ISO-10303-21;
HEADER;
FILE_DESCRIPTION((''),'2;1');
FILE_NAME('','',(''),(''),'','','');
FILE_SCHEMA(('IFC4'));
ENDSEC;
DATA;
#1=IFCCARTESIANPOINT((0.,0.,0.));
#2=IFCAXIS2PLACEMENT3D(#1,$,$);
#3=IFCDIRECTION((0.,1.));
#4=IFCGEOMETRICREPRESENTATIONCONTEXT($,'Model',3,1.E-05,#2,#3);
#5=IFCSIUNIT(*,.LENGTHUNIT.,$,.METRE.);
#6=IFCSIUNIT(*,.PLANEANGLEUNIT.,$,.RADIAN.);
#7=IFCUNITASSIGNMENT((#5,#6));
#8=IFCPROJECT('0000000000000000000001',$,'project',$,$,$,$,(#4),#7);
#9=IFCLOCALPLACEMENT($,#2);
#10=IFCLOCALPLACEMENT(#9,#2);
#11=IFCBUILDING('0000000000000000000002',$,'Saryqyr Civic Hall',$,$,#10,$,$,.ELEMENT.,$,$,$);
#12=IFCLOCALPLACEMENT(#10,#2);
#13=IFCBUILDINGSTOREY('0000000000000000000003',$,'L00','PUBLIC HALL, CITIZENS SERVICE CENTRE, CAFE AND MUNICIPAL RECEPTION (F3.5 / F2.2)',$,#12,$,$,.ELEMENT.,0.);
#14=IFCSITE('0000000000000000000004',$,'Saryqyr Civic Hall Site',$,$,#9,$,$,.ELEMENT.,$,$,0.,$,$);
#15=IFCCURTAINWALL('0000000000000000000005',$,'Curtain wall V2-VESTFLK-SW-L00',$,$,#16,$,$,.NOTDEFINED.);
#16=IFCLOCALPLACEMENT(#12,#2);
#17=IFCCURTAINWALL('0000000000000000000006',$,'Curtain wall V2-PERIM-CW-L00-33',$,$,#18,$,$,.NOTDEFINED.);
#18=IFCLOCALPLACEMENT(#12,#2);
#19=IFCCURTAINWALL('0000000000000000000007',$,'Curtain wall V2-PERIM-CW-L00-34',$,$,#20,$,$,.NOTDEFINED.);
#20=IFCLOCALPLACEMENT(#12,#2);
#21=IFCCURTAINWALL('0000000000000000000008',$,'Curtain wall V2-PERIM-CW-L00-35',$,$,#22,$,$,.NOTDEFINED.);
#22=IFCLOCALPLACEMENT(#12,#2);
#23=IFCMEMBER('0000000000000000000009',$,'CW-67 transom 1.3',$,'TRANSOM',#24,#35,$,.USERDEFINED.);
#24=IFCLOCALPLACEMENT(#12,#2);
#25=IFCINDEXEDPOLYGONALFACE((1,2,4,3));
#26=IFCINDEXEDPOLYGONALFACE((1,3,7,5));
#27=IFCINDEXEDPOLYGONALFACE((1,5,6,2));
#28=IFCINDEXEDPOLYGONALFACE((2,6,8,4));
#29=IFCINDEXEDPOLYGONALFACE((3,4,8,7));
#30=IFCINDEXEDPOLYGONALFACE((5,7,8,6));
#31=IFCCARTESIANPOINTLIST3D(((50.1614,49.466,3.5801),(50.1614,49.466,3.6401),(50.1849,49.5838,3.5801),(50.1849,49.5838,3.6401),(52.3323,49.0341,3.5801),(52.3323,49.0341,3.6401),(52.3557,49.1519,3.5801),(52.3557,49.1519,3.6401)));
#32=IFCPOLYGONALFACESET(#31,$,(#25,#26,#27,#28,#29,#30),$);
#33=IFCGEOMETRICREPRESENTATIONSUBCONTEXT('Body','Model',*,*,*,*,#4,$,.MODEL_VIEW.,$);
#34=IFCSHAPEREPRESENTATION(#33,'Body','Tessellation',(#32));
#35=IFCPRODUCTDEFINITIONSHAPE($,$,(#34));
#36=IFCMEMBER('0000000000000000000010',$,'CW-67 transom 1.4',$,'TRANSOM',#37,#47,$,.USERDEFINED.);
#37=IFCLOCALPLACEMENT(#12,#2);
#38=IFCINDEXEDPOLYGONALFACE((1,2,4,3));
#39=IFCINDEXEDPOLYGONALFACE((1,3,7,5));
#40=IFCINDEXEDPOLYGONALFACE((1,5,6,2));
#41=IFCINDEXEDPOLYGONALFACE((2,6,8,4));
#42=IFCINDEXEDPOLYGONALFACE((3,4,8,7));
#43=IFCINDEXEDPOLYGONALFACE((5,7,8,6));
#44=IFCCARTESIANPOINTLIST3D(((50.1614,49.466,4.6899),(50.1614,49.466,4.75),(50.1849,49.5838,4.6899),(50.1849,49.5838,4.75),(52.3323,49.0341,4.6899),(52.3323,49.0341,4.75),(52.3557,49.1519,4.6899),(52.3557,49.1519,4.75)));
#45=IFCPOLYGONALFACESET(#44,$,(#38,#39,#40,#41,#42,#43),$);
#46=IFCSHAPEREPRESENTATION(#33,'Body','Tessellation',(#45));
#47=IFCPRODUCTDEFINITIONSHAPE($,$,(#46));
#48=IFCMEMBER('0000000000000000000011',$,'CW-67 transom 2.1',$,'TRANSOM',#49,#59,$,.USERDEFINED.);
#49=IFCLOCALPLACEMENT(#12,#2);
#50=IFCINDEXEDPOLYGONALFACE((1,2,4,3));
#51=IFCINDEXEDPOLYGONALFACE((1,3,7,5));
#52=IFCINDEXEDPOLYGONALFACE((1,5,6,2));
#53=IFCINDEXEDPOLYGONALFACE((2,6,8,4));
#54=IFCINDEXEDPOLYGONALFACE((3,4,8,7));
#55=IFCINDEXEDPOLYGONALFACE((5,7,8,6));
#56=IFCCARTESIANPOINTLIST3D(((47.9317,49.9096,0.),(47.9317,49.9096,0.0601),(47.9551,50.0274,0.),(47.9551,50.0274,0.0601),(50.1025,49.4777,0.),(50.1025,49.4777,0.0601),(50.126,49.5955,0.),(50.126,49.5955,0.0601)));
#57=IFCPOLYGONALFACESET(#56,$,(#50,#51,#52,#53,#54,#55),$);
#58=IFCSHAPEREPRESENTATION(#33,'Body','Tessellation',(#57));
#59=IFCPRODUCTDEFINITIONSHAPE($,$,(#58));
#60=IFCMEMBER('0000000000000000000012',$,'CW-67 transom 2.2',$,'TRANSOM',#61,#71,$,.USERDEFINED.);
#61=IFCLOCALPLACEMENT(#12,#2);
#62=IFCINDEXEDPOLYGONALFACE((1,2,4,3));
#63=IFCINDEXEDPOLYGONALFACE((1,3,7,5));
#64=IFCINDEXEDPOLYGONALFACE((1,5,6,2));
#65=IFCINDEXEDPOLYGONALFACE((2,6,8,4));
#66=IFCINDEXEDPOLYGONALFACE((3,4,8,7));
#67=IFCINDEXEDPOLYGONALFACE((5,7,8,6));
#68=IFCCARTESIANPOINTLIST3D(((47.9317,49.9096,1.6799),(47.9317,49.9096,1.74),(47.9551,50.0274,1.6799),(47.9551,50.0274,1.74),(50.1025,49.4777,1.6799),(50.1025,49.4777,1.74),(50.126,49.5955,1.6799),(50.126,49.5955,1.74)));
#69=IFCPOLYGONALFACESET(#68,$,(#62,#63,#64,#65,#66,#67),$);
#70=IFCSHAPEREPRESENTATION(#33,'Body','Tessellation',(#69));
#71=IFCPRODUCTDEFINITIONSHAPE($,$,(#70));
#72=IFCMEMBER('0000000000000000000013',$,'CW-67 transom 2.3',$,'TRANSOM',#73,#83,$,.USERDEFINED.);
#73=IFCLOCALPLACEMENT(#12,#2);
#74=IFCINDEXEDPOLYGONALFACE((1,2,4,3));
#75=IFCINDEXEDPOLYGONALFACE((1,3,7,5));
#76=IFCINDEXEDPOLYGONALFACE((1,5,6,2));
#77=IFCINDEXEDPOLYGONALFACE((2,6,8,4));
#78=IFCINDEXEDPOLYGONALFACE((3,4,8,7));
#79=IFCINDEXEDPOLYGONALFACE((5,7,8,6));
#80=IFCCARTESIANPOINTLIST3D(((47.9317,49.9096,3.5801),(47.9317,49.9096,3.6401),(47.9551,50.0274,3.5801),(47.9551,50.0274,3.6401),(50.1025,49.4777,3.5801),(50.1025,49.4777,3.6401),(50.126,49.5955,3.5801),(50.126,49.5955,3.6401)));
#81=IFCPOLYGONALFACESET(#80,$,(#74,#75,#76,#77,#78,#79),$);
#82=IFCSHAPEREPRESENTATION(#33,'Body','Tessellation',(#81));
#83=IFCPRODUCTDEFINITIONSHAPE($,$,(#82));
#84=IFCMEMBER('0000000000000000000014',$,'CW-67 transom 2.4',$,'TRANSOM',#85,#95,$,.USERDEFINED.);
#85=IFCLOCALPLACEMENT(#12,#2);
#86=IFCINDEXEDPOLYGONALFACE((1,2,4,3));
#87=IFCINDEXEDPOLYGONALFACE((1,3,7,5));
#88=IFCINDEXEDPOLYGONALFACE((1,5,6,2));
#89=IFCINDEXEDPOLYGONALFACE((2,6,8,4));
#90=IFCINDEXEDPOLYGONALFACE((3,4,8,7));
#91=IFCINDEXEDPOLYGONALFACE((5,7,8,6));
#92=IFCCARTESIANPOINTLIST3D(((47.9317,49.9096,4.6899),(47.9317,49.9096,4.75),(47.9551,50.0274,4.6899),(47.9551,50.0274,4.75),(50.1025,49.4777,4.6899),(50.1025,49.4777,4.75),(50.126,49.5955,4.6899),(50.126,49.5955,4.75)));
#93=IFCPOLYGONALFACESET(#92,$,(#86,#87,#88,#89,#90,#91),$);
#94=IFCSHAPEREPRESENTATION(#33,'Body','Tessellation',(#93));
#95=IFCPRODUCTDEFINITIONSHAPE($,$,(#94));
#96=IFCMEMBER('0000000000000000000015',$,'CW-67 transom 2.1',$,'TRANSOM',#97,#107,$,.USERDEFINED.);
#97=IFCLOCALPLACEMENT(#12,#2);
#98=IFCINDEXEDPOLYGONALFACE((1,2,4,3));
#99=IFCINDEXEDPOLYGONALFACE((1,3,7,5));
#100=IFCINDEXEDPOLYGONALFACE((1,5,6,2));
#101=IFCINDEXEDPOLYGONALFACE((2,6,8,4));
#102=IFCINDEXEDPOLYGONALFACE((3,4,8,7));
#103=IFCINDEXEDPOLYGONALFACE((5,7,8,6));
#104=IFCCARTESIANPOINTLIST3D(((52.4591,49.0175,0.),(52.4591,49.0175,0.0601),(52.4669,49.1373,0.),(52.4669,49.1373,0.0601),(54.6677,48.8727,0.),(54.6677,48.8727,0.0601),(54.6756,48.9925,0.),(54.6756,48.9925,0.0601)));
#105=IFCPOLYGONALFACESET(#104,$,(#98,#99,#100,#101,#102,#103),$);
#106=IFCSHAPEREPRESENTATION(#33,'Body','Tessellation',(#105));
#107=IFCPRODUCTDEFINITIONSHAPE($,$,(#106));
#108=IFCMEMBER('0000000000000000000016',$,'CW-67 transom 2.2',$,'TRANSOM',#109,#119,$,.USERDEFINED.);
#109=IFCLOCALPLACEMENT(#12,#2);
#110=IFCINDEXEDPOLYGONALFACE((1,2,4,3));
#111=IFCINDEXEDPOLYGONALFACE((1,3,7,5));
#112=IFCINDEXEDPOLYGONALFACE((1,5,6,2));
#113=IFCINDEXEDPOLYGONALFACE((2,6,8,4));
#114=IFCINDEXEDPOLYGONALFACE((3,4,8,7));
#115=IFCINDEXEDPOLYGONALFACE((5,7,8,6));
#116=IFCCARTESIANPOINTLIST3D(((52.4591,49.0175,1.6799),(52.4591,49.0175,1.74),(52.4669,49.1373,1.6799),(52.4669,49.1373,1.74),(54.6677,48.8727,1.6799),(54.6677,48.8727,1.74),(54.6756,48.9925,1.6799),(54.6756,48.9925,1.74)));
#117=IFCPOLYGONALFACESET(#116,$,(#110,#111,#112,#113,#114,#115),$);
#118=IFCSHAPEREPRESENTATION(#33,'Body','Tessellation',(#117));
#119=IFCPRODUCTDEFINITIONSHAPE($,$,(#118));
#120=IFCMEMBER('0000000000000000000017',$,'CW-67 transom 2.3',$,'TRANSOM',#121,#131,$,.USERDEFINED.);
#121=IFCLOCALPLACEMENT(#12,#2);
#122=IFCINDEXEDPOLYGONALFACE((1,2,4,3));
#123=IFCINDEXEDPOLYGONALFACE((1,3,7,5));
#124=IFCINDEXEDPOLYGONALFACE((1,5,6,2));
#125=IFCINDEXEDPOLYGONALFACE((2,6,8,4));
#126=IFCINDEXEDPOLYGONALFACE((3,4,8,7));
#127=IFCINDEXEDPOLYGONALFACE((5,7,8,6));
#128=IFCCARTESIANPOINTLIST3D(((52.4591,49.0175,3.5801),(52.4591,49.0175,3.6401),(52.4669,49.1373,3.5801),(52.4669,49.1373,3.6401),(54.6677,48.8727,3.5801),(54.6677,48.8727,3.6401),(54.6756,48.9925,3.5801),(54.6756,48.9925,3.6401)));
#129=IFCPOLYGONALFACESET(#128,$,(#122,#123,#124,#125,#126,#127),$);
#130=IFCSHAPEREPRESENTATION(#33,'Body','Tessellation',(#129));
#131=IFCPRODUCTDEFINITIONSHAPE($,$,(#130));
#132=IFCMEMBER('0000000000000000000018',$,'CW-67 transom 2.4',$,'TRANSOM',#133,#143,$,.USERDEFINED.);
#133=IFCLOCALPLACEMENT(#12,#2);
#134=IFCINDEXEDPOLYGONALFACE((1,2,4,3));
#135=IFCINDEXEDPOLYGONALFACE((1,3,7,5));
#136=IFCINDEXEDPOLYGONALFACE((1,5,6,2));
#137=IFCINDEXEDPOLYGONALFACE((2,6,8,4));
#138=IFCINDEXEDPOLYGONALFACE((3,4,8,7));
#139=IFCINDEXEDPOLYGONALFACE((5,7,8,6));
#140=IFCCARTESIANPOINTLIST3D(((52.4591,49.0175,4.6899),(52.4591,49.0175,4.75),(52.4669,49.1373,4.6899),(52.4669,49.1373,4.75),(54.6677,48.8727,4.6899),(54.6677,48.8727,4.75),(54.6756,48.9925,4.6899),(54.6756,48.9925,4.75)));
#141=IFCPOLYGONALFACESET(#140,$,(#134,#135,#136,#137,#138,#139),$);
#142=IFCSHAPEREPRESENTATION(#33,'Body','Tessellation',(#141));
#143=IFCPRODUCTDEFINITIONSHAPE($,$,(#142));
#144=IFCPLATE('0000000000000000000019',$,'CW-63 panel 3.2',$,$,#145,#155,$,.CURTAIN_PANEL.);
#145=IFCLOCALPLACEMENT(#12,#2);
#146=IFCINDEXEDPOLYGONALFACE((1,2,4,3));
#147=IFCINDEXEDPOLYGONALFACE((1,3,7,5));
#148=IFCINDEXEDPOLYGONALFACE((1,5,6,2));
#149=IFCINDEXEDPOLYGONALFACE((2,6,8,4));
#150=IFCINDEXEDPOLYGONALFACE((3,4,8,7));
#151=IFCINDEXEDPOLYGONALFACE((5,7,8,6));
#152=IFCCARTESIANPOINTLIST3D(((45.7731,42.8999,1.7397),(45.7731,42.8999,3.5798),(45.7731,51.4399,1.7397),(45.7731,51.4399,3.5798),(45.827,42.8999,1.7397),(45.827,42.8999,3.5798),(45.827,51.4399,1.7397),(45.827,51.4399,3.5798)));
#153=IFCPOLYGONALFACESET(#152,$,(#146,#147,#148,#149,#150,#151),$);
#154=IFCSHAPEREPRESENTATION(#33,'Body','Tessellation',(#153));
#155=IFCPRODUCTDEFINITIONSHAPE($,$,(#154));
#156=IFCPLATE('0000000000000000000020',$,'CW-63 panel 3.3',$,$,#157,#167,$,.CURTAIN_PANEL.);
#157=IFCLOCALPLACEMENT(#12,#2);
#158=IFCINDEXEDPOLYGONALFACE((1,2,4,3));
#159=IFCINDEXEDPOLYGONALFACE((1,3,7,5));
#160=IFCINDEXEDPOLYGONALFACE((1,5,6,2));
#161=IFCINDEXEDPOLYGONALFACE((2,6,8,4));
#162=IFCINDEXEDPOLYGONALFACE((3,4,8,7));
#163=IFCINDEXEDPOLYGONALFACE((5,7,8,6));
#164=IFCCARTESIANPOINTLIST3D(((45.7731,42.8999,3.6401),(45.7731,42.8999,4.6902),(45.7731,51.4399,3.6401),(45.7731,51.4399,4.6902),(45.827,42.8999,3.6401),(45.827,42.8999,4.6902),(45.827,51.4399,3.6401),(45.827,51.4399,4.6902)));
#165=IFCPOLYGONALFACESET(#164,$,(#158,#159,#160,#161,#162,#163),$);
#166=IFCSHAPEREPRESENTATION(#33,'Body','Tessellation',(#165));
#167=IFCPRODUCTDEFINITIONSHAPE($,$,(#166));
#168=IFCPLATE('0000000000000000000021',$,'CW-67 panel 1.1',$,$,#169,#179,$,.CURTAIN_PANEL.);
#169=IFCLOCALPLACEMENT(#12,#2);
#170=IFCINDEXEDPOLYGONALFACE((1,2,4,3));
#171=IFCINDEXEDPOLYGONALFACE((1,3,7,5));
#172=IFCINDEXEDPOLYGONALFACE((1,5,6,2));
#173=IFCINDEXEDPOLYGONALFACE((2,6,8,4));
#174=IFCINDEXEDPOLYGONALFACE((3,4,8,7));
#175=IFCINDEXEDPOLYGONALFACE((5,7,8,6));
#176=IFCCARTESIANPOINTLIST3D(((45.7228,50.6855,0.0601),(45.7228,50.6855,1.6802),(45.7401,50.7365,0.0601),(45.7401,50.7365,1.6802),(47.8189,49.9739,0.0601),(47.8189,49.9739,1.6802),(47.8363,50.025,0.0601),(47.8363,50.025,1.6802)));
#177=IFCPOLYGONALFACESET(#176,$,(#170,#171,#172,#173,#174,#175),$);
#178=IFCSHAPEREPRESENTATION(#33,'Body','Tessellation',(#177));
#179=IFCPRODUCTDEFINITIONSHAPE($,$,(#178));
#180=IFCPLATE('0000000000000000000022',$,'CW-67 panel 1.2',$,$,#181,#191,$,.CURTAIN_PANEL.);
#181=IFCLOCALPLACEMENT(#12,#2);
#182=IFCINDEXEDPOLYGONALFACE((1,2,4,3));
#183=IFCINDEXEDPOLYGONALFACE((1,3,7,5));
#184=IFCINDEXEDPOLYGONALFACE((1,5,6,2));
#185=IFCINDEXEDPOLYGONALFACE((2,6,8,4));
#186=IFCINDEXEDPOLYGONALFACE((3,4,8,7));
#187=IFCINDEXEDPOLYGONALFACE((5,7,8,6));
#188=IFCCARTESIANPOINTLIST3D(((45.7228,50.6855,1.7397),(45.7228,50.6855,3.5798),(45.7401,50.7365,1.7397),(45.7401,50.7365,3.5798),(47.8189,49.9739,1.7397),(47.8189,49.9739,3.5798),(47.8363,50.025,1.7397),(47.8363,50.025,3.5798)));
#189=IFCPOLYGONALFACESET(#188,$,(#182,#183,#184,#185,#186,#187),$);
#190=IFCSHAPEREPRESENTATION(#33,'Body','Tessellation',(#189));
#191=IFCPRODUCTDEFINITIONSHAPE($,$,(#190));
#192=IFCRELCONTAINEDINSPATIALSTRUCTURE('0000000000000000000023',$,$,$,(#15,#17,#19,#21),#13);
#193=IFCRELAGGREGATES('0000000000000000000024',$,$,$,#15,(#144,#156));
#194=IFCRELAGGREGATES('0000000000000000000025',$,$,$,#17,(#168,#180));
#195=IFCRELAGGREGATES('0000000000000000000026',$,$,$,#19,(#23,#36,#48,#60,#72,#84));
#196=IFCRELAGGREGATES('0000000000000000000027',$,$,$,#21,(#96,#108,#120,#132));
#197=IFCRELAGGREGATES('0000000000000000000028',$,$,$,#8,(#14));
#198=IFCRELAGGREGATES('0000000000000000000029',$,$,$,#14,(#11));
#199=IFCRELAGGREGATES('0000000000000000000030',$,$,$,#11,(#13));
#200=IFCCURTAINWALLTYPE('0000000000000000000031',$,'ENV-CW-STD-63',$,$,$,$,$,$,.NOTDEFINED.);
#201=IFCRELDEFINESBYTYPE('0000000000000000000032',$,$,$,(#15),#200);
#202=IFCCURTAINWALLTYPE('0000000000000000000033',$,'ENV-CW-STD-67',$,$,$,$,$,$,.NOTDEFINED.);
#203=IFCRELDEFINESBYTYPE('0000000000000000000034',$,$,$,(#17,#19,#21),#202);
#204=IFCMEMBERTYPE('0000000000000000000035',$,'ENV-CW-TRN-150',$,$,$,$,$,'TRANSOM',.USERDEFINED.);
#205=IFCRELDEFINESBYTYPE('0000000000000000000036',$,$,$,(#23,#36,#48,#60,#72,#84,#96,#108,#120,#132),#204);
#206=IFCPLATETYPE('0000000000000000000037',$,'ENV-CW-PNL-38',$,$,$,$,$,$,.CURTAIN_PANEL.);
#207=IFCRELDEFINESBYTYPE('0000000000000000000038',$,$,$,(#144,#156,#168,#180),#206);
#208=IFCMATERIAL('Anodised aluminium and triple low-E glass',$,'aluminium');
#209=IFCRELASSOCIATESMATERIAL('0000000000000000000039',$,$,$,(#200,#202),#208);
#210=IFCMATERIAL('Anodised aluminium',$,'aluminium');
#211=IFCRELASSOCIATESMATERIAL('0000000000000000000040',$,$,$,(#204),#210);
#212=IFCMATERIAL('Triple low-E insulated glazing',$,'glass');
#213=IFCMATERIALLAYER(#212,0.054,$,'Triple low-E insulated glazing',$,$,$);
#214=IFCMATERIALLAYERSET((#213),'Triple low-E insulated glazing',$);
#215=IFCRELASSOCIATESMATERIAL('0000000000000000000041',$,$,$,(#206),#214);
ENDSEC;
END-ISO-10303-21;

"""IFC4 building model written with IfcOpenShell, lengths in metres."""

from ifc_helpers import new_model, si_unit, direction, frame, origin, origin_2d, place, context, subcontext, project, spatial, rectangle, extrude, material, layer, layer_set, material_profile, profile_set, type_object, element, aggregate, save


model = new_model("IFC4")

# Units and contexts
model_context = context("Model", 3, precision=1e-05, world=origin(), true_north=direction((0.0, 1.0)))
body_context = subcontext(model_context, "Body", "Model", "MODEL_VIEW")
ifc_project = project(units=[si_unit("LENGTHUNIT", "METRE"), si_unit("PLANEANGLEUNIT", "RADIAN")], contexts=[model_context])

# Site, building, storey
site_placement = place(None, origin())
site = spatial("IfcSite", under=ifc_project, at=site_placement, Name="Saryqyr Civic Hall Site", CompositionType="ELEMENT", RefElevation=0.0)
building_placement = place(site_placement, origin())
building = spatial("IfcBuilding", under=site, at=building_placement, Name="Saryqyr Civic Hall", CompositionType="ELEMENT")
storey_placement = place(building_placement, origin())
storey = spatial("IfcBuildingStorey", under=building, at=storey_placement, Name="L00", Description="PUBLIC HALL, CITIZENS SERVICE CENTRE, CAFE AND MUNICIPAL RECEPTION (F3.5 / F2.2)", CompositionType="ELEMENT", Elevation=0.0)

# Curtain walls
ifc_material_1 = material(Name="Anodised aluminium and triple low-E glass", Category="aluminium")
curtain_wall_type_1 = type_object("IfcCurtainWallType", Name="ENV-CW-STD-63", PredefinedType="NOTDEFINED", material=ifc_material_1)
curtain_wall_1_placement = place(storey_placement, origin())
curtain_wall_1 = element("IfcCurtainWall", 1, at=curtain_wall_1_placement, inside=storey, type_object=curtain_wall_type_1, Name="Curtain wall V2-VESTFLK-SW-L00", PredefinedType="NOTDEFINED")
ifc_material_2 = material(Name="Anodised aluminium", Category="aluminium")
curtain_wall_type_2 = type_object("IfcCurtainWallType", Name="ENV-CW-STD-67", PredefinedType="NOTDEFINED", material=ifc_material_1)
curtain_wall_2_placement = place(storey_placement, origin())
curtain_wall_2 = element("IfcCurtainWall", 2, at=curtain_wall_2_placement, inside=storey, type_object=curtain_wall_type_2, Name="Curtain wall V2-PERIM-CW-L00-33", PredefinedType="NOTDEFINED")

# Curtain walls
curtain_wall_3_placement = place(storey_placement, origin())
curtain_wall_3 = element("IfcCurtainWall", 3, at=curtain_wall_3_placement, inside=storey, type_object=curtain_wall_type_2, Name="Curtain wall V2-PERIM-CW-L00-34", PredefinedType="NOTDEFINED")
curtain_wall_4_placement = place(storey_placement, origin())
curtain_wall_4 = element("IfcCurtainWall", 4, at=curtain_wall_4_placement, inside=storey, type_object=curtain_wall_type_2, Name="Curtain wall V2-PERIM-CW-L00-35", PredefinedType="NOTDEFINED")

# Members
ifc_material_profile_1 = material_profile(ifc_material_2, rectangle(XDim=0.1201, YDim=0.0601, at=origin_2d()), Name="ALU TRANSOM 120x60")
ifc_profile_set_1 = profile_set([ifc_material_profile_1], Name="Anodised aluminium")
member_type_1 = type_object("IfcMemberType", Name="ENV-CW-TRN-150", ElementType="TRANSOM", PredefinedType="USERDEFINED", material=ifc_profile_set_1)
member_1_placement = place(storey_placement, frame((52.344, 49.093, 3.6101), z_axis=(-0.98078, 0.195119, 0.0), x_axis=(-0.195119, -0.98078, 0.0)))
member_1 = element("IfcMember", 5, at=member_1_placement, type_object=member_type_1, Name="CW-67 transom 1.3", ObjectType="TRANSOM", PredefinedType="USERDEFINED", context=body_context, shape_type="SweptSolid", body=[
    extrude(rectangle(XDim=0.1201, YDim=0.0601, at=origin_2d()), origin(), (0.0, 0.0, 1.0), 2.2134),
])
member_2_placement = place(storey_placement, frame((52.344, 49.093, 4.72), z_axis=(-0.98078, 0.195119, 0.0), x_axis=(-0.195119, -0.98078, 0.0)))
member_2 = element("IfcMember", 6, at=member_2_placement, type_object=member_type_1, Name="CW-67 transom 1.4", ObjectType="TRANSOM", PredefinedType="USERDEFINED", context=body_context, shape_type="SweptSolid", body=[
    extrude(rectangle(XDim=0.1201, YDim=0.0601, at=origin_2d()), origin(), (0.0, 0.0, 1.0), 2.2134),
])
member_3_placement = place(storey_placement, frame((50.1143, 49.5366, 0.03), z_axis=(-0.98078, 0.195119, 0.0), x_axis=(-0.195119, -0.98078, 0.0)))
member_3 = element("IfcMember", 7, at=member_3_placement, type_object=member_type_1, Name="CW-67 transom 2.1", ObjectType="TRANSOM", PredefinedType="USERDEFINED", context=body_context, shape_type="SweptSolid", body=[
    extrude(rectangle(XDim=0.1201, YDim=0.0601, at=origin_2d()), origin(), (0.0, 0.0, 1.0), 2.2134),
])
member_4_placement = place(storey_placement, frame((50.1143, 49.5366, 1.71), z_axis=(-0.98078, 0.195119, 0.0), x_axis=(-0.195119, -0.98078, 0.0)))
member_4 = element("IfcMember", 8, at=member_4_placement, type_object=member_type_1, Name="CW-67 transom 2.2", ObjectType="TRANSOM", PredefinedType="USERDEFINED", context=body_context, shape_type="SweptSolid", body=[
    extrude(rectangle(XDim=0.1201, YDim=0.0601, at=origin_2d()), origin(), (0.0, 0.0, 1.0), 2.2134),
])
member_5_placement = place(storey_placement, frame((50.1143, 49.5366, 3.6101), z_axis=(-0.98078, 0.195119, 0.0), x_axis=(-0.195119, -0.98078, 0.0)))
member_5 = element("IfcMember", 9, at=member_5_placement, type_object=member_type_1, Name="CW-67 transom 2.3", ObjectType="TRANSOM", PredefinedType="USERDEFINED", context=body_context, shape_type="SweptSolid", body=[
    extrude(rectangle(XDim=0.1201, YDim=0.0601, at=origin_2d()), origin(), (0.0, 0.0, 1.0), 2.2134),
])
member_6_placement = place(storey_placement, frame((50.1143, 49.5366, 4.72), z_axis=(-0.98078, 0.195119, 0.0), x_axis=(-0.195119, -0.98078, 0.0)))
member_6 = element("IfcMember", 10, at=member_6_placement, type_object=member_type_1, Name="CW-67 transom 2.4", ObjectType="TRANSOM", PredefinedType="USERDEFINED", context=body_context, shape_type="SweptSolid", body=[
    extrude(rectangle(XDim=0.1201, YDim=0.0601, at=origin_2d()), origin(), (0.0, 0.0, 1.0), 2.2134),
])
member_7_placement = place(storey_placement, frame((54.6716, 48.9326, 0.03), z_axis=(-0.997859, 0.065406, 0.0), x_axis=(-0.065406, -0.997859, 0.0)))
member_7 = element("IfcMember", 11, at=member_7_placement, type_object=member_type_1, Name="CW-67 transom 2.1", ObjectType="TRANSOM", PredefinedType="USERDEFINED", context=body_context, shape_type="SweptSolid", body=[
    extrude(rectangle(XDim=0.1201, YDim=0.0601, at=origin_2d()), origin(), (0.0, 0.0, 1.0), 2.2134),
])
member_8_placement = place(storey_placement, frame((54.6716, 48.9326, 1.71), z_axis=(-0.997859, 0.065406, 0.0), x_axis=(-0.065406, -0.997859, 0.0)))
member_8 = element("IfcMember", 12, at=member_8_placement, type_object=member_type_1, Name="CW-67 transom 2.2", ObjectType="TRANSOM", PredefinedType="USERDEFINED", context=body_context, shape_type="SweptSolid", body=[
    extrude(rectangle(XDim=0.1201, YDim=0.0601, at=origin_2d()), origin(), (0.0, 0.0, 1.0), 2.2134),
])
member_9_placement = place(storey_placement, frame((54.6716, 48.9326, 3.6101), z_axis=(-0.997859, 0.065406, 0.0), x_axis=(-0.065406, -0.997859, 0.0)))
member_9 = element("IfcMember", 13, at=member_9_placement, type_object=member_type_1, Name="CW-67 transom 2.3", ObjectType="TRANSOM", PredefinedType="USERDEFINED", context=body_context, shape_type="SweptSolid", body=[
    extrude(rectangle(XDim=0.1201, YDim=0.0601, at=origin_2d()), origin(), (0.0, 0.0, 1.0), 2.2134),
])
member_10_placement = place(storey_placement, frame((54.6716, 48.9326, 4.72), z_axis=(-0.997859, 0.065406, 0.0), x_axis=(-0.065406, -0.997859, 0.0)))
member_10 = element("IfcMember", 14, at=member_10_placement, type_object=member_type_1, Name="CW-67 transom 2.4", ObjectType="TRANSOM", PredefinedType="USERDEFINED", context=body_context, shape_type="SweptSolid", body=[
    extrude(rectangle(XDim=0.1201, YDim=0.0601, at=origin_2d()), origin(), (0.0, 0.0, 1.0), 2.2134),
])

# Plates
ifc_material_3 = material(Name="Triple low-E insulated glazing", Category="glass")
ifc_layer_1 = layer(ifc_material_3, 0.054, Name="Triple low-E insulated glazing")
ifc_layer_set_1 = layer_set([ifc_layer_1], Name="Triple low-E insulated glazing")
plate_type = type_object("IfcPlateType", Name="ENV-CW-PNL-38", PredefinedType="CURTAIN_PANEL", material=ifc_layer_set_1)
plate_1_placement = place(storey_placement, frame((45.8, 47.1699, 1.7397), z_axis=(0.0, 0.0, 1.0), x_axis=(0.0, 1.0, 0.0)))
plate_1 = element("IfcPlate", 15, at=plate_1_placement, type_object=plate_type, Name="CW-63 panel 3.2", PredefinedType="CURTAIN_PANEL", context=body_context, shape_type="SweptSolid", body=[
    extrude(rectangle(XDim=8.54, YDim=0.054, at=origin_2d()), origin(), (0.0, 0.0, 1.0), 1.8401),
])
plate_2_placement = place(storey_placement, frame((45.8, 47.1699, 3.6401), z_axis=(0.0, 0.0, 1.0), x_axis=(0.0, 1.0, 0.0)))
plate_2 = element("IfcPlate", 16, at=plate_2_placement, type_object=plate_type, Name="CW-63 panel 3.3", PredefinedType="CURTAIN_PANEL", context=body_context, shape_type="SweptSolid", body=[
    extrude(rectangle(XDim=8.54, YDim=0.054, at=origin_2d()), origin(), (0.0, 0.0, 1.0), 1.05),
])
aggregate(curtain_wall_1, [plate_1, plate_2])
plate_3_placement = place(storey_placement, frame((46.7795, 50.3552, 0.0601), z_axis=(0.0, 0.0, 1.0), x_axis=(-0.946928, 0.321445, 0.0)))
plate_3 = element("IfcPlate", 17, at=plate_3_placement, type_object=plate_type, Name="CW-67 panel 1.1", PredefinedType="CURTAIN_PANEL", context=body_context, shape_type="SweptSolid", body=[
    extrude(rectangle(XDim=2.2136, YDim=0.054, at=origin_2d()), origin(), (0.0, 0.0, 1.0), 1.6201),
])
plate_4_placement = place(storey_placement, frame((46.7795, 50.3552, 1.7397), z_axis=(0.0, 0.0, 1.0), x_axis=(-0.946928, 0.321445, 0.0)))
plate_4 = element("IfcPlate", 18, at=plate_4_placement, type_object=plate_type, Name="CW-67 panel 1.2", PredefinedType="CURTAIN_PANEL", context=body_context, shape_type="SweptSolid", body=[
    extrude(rectangle(XDim=2.2136, YDim=0.054, at=origin_2d()), origin(), (0.0, 0.0, 1.0), 1.8401),
])
aggregate(curtain_wall_2, [plate_3, plate_4])
aggregate(curtain_wall_3, [member_1, member_2, member_3, member_4, member_5, member_6])
aggregate(curtain_wall_4, [member_7, member_8, member_9, member_10])

save(model, "model.ifc")
